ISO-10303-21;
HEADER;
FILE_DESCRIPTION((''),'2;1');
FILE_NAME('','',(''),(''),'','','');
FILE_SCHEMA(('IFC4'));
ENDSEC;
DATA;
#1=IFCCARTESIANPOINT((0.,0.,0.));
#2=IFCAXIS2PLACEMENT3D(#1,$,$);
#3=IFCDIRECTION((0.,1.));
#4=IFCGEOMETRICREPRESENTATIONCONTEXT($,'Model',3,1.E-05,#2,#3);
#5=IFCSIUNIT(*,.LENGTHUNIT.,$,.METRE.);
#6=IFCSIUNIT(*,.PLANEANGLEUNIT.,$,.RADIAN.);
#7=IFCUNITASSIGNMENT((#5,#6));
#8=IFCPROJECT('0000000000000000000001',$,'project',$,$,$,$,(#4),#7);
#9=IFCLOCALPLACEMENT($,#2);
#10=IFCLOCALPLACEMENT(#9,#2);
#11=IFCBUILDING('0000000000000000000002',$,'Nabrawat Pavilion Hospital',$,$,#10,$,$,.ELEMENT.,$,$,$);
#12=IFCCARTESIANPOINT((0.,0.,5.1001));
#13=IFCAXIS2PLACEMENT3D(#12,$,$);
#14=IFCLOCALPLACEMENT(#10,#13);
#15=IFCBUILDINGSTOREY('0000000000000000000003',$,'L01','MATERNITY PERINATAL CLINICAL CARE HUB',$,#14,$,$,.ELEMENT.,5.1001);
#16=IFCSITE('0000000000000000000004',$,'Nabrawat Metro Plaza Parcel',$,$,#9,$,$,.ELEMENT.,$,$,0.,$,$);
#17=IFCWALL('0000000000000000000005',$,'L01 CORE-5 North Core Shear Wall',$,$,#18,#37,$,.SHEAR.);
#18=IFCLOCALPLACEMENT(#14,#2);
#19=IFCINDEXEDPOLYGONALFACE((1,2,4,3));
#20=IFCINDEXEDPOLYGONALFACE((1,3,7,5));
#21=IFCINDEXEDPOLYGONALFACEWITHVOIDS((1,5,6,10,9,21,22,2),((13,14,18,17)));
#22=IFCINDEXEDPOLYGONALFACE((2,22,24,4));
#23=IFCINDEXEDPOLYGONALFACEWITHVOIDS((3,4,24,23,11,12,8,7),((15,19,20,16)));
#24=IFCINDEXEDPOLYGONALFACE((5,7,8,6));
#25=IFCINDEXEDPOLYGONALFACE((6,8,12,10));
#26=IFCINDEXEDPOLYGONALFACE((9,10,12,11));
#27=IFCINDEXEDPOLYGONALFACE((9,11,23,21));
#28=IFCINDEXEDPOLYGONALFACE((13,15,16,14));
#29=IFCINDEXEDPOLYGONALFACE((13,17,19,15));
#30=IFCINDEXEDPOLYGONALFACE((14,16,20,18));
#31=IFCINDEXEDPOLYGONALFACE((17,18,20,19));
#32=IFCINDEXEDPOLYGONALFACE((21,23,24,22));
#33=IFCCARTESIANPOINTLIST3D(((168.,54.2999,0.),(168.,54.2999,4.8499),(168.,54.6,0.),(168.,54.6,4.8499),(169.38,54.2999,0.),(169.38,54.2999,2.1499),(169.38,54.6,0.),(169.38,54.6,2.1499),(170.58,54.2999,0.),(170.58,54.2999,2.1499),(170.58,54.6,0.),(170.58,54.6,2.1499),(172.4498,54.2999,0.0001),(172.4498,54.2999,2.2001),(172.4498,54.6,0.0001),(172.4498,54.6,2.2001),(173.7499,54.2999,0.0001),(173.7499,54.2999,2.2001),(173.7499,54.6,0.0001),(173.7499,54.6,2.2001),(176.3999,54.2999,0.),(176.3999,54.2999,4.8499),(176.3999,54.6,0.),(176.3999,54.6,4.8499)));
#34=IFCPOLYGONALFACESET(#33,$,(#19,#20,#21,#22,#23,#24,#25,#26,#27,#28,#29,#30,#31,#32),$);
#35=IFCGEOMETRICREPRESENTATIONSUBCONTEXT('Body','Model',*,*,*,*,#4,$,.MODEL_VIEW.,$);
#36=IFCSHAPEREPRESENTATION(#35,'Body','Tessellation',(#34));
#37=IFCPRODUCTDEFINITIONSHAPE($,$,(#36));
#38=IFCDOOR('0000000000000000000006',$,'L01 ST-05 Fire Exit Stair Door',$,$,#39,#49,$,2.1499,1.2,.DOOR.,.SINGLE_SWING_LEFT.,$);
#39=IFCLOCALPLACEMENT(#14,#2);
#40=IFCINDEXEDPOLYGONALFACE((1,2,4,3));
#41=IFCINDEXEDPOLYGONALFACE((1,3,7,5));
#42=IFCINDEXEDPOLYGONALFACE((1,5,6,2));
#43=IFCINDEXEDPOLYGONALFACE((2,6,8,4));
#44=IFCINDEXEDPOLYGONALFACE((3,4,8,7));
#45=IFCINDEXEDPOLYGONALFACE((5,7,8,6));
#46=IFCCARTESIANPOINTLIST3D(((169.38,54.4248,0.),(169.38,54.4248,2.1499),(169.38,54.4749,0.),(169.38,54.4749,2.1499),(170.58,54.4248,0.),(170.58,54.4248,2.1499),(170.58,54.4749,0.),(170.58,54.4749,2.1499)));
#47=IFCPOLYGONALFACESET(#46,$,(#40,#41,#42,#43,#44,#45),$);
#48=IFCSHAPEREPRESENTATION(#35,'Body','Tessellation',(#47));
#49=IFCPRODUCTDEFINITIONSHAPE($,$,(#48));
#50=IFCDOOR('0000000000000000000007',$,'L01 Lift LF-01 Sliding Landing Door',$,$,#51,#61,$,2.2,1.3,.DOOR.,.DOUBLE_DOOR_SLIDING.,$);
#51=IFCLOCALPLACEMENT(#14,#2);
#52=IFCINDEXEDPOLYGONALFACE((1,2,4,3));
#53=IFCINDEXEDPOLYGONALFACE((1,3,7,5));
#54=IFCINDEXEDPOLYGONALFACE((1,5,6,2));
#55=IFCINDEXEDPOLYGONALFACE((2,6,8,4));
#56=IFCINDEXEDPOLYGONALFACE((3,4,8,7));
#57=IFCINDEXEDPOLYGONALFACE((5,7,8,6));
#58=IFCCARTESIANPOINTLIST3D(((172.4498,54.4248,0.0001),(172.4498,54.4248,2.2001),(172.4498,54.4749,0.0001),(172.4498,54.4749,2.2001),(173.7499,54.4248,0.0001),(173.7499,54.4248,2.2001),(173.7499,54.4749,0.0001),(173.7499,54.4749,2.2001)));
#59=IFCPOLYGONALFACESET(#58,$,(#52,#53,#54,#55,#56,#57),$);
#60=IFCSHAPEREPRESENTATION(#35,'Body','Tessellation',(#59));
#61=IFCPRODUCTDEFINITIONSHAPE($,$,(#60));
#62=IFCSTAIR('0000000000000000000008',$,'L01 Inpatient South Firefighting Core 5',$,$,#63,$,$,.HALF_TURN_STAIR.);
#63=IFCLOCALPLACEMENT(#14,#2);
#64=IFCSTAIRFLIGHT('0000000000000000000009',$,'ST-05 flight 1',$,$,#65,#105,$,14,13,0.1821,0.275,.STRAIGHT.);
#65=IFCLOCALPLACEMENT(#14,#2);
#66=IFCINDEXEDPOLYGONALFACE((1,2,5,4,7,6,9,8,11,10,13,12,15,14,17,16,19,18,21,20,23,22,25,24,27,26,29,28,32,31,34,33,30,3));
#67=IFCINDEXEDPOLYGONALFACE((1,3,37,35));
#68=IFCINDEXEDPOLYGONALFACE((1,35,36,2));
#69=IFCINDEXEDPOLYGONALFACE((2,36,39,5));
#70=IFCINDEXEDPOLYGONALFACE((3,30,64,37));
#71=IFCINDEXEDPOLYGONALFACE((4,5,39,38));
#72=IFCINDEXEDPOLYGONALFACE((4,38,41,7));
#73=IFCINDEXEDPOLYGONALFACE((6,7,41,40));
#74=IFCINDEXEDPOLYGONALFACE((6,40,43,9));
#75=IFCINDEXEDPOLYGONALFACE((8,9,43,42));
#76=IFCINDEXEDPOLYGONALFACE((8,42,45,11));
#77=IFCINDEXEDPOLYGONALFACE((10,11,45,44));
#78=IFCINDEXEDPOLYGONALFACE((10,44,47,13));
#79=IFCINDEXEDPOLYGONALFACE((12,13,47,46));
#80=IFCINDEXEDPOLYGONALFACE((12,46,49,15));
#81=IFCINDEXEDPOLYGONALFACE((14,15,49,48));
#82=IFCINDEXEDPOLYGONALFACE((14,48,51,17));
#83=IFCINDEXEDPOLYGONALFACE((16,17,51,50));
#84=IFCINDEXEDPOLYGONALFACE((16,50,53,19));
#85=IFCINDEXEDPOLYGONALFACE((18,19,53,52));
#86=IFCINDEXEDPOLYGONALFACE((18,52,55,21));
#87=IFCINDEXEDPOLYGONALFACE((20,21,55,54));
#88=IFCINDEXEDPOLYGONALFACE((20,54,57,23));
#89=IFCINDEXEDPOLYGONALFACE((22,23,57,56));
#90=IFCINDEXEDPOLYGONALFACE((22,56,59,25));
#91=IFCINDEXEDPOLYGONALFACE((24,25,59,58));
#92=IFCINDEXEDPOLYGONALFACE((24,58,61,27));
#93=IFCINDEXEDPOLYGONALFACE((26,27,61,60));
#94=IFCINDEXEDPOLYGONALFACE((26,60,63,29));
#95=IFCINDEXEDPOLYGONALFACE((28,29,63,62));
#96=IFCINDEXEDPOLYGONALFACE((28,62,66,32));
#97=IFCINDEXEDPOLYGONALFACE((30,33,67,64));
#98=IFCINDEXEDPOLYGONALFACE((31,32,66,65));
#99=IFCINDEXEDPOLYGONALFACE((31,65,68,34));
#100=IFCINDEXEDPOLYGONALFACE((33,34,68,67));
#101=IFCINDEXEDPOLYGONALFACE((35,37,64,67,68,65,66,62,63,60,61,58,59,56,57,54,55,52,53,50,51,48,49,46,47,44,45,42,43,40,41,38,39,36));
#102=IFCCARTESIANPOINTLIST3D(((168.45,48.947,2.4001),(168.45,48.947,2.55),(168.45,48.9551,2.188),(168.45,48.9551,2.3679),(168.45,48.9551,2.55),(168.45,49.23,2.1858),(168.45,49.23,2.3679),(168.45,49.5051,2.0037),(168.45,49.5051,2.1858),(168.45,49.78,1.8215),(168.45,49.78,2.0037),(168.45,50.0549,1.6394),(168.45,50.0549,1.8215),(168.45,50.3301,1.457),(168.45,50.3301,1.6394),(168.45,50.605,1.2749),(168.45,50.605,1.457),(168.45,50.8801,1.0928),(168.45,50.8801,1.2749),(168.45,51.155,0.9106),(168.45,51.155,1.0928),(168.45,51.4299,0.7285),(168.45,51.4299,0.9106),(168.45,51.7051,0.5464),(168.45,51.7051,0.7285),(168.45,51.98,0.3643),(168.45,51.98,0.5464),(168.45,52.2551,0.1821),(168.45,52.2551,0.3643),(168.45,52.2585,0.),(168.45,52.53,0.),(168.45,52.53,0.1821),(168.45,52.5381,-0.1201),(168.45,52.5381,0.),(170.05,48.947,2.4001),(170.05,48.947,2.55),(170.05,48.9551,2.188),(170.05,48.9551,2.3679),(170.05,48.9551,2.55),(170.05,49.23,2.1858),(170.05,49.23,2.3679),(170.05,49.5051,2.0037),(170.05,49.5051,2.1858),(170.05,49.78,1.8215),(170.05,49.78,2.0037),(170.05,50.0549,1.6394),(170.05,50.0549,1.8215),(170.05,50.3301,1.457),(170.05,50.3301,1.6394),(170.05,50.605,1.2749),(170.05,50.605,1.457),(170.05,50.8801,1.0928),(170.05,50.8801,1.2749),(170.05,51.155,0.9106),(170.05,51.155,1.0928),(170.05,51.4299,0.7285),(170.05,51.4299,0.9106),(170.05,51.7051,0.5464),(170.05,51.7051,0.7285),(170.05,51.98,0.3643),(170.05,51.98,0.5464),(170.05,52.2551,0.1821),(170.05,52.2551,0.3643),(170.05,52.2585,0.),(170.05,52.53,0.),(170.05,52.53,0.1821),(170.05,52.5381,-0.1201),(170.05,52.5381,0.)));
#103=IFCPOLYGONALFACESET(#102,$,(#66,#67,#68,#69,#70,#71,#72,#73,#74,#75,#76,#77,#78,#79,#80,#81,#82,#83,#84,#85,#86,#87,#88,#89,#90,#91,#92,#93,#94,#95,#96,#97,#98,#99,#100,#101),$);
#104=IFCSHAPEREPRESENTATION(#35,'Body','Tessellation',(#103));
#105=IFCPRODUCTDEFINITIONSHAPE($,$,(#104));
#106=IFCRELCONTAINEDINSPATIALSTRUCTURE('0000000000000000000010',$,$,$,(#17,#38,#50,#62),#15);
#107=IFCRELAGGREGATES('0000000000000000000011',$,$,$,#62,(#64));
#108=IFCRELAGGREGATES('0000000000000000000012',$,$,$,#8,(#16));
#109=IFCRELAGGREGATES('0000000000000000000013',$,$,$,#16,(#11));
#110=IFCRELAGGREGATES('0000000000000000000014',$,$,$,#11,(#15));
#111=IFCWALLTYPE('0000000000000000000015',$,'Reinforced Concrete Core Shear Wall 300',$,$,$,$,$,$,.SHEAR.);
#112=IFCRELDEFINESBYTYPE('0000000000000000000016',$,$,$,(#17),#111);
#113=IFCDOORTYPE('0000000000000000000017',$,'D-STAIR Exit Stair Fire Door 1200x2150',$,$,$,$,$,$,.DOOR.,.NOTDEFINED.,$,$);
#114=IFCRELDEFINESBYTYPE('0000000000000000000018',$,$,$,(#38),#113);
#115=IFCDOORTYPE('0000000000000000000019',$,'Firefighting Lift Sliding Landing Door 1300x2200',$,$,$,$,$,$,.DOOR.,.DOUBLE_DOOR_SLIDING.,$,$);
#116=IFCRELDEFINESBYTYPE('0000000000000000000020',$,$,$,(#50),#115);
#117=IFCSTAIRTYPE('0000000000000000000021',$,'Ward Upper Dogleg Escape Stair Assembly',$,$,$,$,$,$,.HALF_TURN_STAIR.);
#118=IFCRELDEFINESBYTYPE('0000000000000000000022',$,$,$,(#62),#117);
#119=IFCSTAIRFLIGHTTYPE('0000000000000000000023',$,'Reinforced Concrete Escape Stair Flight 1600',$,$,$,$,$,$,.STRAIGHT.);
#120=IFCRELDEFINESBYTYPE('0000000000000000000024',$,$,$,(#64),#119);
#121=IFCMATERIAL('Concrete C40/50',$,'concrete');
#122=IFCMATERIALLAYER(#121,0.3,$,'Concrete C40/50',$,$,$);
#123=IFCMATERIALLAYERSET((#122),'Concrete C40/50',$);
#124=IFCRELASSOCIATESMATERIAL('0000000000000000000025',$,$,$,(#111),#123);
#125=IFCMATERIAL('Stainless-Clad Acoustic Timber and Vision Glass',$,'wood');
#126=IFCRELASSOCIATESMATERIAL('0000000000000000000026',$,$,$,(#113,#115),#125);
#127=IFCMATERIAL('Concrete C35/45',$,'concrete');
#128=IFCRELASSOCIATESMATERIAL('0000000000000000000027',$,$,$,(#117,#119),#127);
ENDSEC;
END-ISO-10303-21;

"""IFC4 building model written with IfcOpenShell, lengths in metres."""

from ifc_helpers import new_model, si_unit, direction, frame, frame_2d, origin, place, context, subcontext, project, spatial, polyline, rectangle, outline, extrude, material, layer, layer_set, type_object, element, fill, aggregate, save


model = new_model("IFC4")

# Units and contexts
model_context = context("Model", 3, precision=1e-05, world=origin(), true_north=direction((0.0, 1.0)))
body_context = subcontext(model_context, "Body", "Model", "MODEL_VIEW")
ifc_project = project(units=[si_unit("LENGTHUNIT", "METRE"), si_unit("PLANEANGLEUNIT", "RADIAN")], contexts=[model_context])

# Site, building, storey
site_placement = place(None, origin())
site = spatial("IfcSite", under=ifc_project, at=site_placement, Name="Nabrawat Metro Plaza Parcel", CompositionType="ELEMENT", RefElevation=0.0)
building_placement = place(site_placement, origin())
building = spatial("IfcBuilding", under=site, at=building_placement, Name="Nabrawat Pavilion Hospital", CompositionType="ELEMENT")
storey_placement = place(building_placement, frame((0.0, 0.0, 5.1001)))
storey = spatial("IfcBuildingStorey", under=building, at=storey_placement, Name="L01", Description="MATERNITY PERINATAL CLINICAL CARE HUB", CompositionType="ELEMENT", Elevation=5.1001)

# Shared definitions
ifc_material_1 = material(Name="Concrete C35/45", Category="concrete")

# Shared definitions
ifc_material_2 = material(Name="Stainless-Clad Acoustic Timber and Vision Glass", Category="wood")

# Wall, openings, doors
ifc_material_3 = material(Name="Concrete C40/50", Category="concrete")
ifc_layer_1 = layer(ifc_material_3, 0.3, Name="Concrete C40/50")
ifc_layer_set_1 = layer_set([ifc_layer_1], Name="Concrete C40/50")
wall_type_1 = type_object("IfcWallType", Name="Reinforced Concrete Core Shear Wall 300", PredefinedType="SHEAR", material=ifc_layer_set_1)
wall_1_placement = place(storey_placement, frame((168.0, 54.45, 0.0), z_axis=(0.0, 0.0, 1.0), x_axis=(1.0, 0.0, 0.0)))
wall_1 = element("IfcWall", 1, at=wall_1_placement, inside=storey, type_object=wall_type_1, Name="L01 CORE-5 North Core Shear Wall", PredefinedType="SHEAR", context=body_context, shape_type="SweptSolid", body=[
    extrude(rectangle(XDim=8.3999, YDim=0.3, at=frame_2d((4.2, 0.0))), origin(), (0.0, 0.0, 1.0), 4.8499),
])
opening_1_placement = place(wall_1_placement, frame((1.3799, 0.0, 0.0)))
opening_1 = element("IfcOpeningElement", 2, at=opening_1_placement, cuts=wall_1, PredefinedType="OPENING", context=body_context, shape_type="SweptSolid", body=[
    extrude(rectangle(XDim=1.2, YDim=2.1499, at=frame_2d((0.6001, 1.075))), frame((0.0, 0.1602, 0.0), z_axis=(0.0, -1.0, 0.0), x_axis=(1.0, 0.0, 0.0)), (0.0, 0.0, 1.0), 0.3201),
])
opening_2_placement = place(wall_1_placement, frame((4.45, 0.0, 0.0)))
opening_2 = element("IfcOpeningElement", 3, at=opening_2_placement, cuts=wall_1, PredefinedType="OPENING", context=body_context, shape_type="SweptSolid", body=[
    extrude(rectangle(XDim=1.3, YDim=2.2, at=frame_2d((0.6499, 1.1001))), frame((0.0, 0.1602, 0.0), z_axis=(0.0, -1.0, 0.0), x_axis=(1.0, 0.0, 0.0)), (0.0, 0.0, 1.0), 0.3201),
])
door_type_1 = type_object("IfcDoorType", Name="D-STAIR Exit Stair Fire Door 1200x2150", OperationType="NOTDEFINED", PredefinedType="DOOR", material=ifc_material_2)
door_1_placement = place(opening_1_placement, origin())
door_1 = element("IfcDoor", 4, at=door_1_placement, inside=storey, type_object=door_type_1, Name="L01 ST-05 Fire Exit Stair Door", OperationType="SINGLE_SWING_LEFT", OverallHeight=2.1499, OverallWidth=1.2, PredefinedType="DOOR", context=body_context, shape_type="SweptSolid", body=[
    extrude(rectangle(XDim=1.2, YDim=2.1499, at=frame_2d((0.6001, 1.075))), frame((0.0, 0.0249, 0.0), z_axis=(0.0, -1.0, 0.0), x_axis=(1.0, 0.0, 0.0)), (0.0, 0.0, 1.0), 0.05),
])
fill(opening_1, door_1)
door_type_2 = type_object("IfcDoorType", Name="Firefighting Lift Sliding Landing Door 1300x2200", OperationType="DOUBLE_DOOR_SLIDING", PredefinedType="DOOR", material=ifc_material_2)
door_2_placement = place(opening_2_placement, origin())
door_2 = element("IfcDoor", 5, at=door_2_placement, inside=storey, type_object=door_type_2, Name="L01 Lift LF-01 Sliding Landing Door", OperationType="DOUBLE_DOOR_SLIDING", OverallHeight=2.2, OverallWidth=1.3, PredefinedType="DOOR", context=body_context, shape_type="SweptSolid", body=[
    extrude(rectangle(XDim=1.3, YDim=2.2, at=frame_2d((0.6499, 1.1001))), frame((0.0, 0.0249, 0.0), z_axis=(0.0, -1.0, 0.0), x_axis=(1.0, 0.0, 0.0)), (0.0, 0.0, 1.0), 0.05),
])
fill(opening_2, door_2)

# Stair, stair flight
stair_type = type_object("IfcStairType", Name="Ward Upper Dogleg Escape Stair Assembly", PredefinedType="HALF_TURN_STAIR", material=ifc_material_1)
stair_placement = place(storey_placement, origin())
stair = element("IfcStair", 6, at=stair_placement, inside=storey, type_object=stair_type, Name="L01 Inpatient South Firefighting Core 5", PredefinedType="HALF_TURN_STAIR")
stair_flight_type = type_object("IfcStairFlightType", Name="Reinforced Concrete Escape Stair Flight 1600", PredefinedType="STRAIGHT", material=ifc_material_1)
stair_flight_placement = place(storey_placement, frame((169.25, 52.53, 0.0), z_axis=(0.0, 0.0, 1.0), x_axis=(0.0, -1.0, 0.0)))
stair_flight = element("IfcStairFlight", 7, at=stair_flight_placement, type_object=stair_flight_type, Name="ST-05 flight 1", NumberOfRisers=14, NumberOfTreads=13, PredefinedType="STRAIGHT", RiserHeight=0.1821, TreadLength=0.275, context=body_context, shape_type="SweptSolid", body=[
    extrude(outline(polyline([(-0.0081, 0.0), (0.0, 0.0), (0.0, 0.1821), (0.2749, 0.1821), (0.2749, 0.3643), (0.55, 0.3643), (0.55, 0.5464), (0.825, 0.5464), (0.825, 0.7285), (1.1001, 0.7285), (1.1001, 0.9106), (1.375, 0.9106), (1.375, 1.0928), (1.6499, 1.0928), (1.6499, 1.2749), (1.925, 1.2749), (1.925, 1.457), (2.2, 1.457), (2.2, 1.6394), (2.4751, 1.6394), (2.4751, 1.8215), (2.75, 1.8215), (2.75, 2.0037), (3.0249, 2.0037), (3.0249, 2.1858), (3.3, 2.1858), (3.3, 2.3679), (3.575, 2.3679), (3.575, 2.55), (3.583, 2.55), (3.583, 2.4001), (3.575, 2.188), (0.2715, 0.0), (-0.0081, -0.1201), (-0.0081, 0.0)])), frame((0.0, 0.8, 0.0), z_axis=(0.0, -1.0, 0.0), x_axis=(1.0, 0.0, 0.0)), (0.0, 0.0, 1.0), 1.6001),
])
aggregate(stair, [stair_flight])

save(model, "model.ifc")
